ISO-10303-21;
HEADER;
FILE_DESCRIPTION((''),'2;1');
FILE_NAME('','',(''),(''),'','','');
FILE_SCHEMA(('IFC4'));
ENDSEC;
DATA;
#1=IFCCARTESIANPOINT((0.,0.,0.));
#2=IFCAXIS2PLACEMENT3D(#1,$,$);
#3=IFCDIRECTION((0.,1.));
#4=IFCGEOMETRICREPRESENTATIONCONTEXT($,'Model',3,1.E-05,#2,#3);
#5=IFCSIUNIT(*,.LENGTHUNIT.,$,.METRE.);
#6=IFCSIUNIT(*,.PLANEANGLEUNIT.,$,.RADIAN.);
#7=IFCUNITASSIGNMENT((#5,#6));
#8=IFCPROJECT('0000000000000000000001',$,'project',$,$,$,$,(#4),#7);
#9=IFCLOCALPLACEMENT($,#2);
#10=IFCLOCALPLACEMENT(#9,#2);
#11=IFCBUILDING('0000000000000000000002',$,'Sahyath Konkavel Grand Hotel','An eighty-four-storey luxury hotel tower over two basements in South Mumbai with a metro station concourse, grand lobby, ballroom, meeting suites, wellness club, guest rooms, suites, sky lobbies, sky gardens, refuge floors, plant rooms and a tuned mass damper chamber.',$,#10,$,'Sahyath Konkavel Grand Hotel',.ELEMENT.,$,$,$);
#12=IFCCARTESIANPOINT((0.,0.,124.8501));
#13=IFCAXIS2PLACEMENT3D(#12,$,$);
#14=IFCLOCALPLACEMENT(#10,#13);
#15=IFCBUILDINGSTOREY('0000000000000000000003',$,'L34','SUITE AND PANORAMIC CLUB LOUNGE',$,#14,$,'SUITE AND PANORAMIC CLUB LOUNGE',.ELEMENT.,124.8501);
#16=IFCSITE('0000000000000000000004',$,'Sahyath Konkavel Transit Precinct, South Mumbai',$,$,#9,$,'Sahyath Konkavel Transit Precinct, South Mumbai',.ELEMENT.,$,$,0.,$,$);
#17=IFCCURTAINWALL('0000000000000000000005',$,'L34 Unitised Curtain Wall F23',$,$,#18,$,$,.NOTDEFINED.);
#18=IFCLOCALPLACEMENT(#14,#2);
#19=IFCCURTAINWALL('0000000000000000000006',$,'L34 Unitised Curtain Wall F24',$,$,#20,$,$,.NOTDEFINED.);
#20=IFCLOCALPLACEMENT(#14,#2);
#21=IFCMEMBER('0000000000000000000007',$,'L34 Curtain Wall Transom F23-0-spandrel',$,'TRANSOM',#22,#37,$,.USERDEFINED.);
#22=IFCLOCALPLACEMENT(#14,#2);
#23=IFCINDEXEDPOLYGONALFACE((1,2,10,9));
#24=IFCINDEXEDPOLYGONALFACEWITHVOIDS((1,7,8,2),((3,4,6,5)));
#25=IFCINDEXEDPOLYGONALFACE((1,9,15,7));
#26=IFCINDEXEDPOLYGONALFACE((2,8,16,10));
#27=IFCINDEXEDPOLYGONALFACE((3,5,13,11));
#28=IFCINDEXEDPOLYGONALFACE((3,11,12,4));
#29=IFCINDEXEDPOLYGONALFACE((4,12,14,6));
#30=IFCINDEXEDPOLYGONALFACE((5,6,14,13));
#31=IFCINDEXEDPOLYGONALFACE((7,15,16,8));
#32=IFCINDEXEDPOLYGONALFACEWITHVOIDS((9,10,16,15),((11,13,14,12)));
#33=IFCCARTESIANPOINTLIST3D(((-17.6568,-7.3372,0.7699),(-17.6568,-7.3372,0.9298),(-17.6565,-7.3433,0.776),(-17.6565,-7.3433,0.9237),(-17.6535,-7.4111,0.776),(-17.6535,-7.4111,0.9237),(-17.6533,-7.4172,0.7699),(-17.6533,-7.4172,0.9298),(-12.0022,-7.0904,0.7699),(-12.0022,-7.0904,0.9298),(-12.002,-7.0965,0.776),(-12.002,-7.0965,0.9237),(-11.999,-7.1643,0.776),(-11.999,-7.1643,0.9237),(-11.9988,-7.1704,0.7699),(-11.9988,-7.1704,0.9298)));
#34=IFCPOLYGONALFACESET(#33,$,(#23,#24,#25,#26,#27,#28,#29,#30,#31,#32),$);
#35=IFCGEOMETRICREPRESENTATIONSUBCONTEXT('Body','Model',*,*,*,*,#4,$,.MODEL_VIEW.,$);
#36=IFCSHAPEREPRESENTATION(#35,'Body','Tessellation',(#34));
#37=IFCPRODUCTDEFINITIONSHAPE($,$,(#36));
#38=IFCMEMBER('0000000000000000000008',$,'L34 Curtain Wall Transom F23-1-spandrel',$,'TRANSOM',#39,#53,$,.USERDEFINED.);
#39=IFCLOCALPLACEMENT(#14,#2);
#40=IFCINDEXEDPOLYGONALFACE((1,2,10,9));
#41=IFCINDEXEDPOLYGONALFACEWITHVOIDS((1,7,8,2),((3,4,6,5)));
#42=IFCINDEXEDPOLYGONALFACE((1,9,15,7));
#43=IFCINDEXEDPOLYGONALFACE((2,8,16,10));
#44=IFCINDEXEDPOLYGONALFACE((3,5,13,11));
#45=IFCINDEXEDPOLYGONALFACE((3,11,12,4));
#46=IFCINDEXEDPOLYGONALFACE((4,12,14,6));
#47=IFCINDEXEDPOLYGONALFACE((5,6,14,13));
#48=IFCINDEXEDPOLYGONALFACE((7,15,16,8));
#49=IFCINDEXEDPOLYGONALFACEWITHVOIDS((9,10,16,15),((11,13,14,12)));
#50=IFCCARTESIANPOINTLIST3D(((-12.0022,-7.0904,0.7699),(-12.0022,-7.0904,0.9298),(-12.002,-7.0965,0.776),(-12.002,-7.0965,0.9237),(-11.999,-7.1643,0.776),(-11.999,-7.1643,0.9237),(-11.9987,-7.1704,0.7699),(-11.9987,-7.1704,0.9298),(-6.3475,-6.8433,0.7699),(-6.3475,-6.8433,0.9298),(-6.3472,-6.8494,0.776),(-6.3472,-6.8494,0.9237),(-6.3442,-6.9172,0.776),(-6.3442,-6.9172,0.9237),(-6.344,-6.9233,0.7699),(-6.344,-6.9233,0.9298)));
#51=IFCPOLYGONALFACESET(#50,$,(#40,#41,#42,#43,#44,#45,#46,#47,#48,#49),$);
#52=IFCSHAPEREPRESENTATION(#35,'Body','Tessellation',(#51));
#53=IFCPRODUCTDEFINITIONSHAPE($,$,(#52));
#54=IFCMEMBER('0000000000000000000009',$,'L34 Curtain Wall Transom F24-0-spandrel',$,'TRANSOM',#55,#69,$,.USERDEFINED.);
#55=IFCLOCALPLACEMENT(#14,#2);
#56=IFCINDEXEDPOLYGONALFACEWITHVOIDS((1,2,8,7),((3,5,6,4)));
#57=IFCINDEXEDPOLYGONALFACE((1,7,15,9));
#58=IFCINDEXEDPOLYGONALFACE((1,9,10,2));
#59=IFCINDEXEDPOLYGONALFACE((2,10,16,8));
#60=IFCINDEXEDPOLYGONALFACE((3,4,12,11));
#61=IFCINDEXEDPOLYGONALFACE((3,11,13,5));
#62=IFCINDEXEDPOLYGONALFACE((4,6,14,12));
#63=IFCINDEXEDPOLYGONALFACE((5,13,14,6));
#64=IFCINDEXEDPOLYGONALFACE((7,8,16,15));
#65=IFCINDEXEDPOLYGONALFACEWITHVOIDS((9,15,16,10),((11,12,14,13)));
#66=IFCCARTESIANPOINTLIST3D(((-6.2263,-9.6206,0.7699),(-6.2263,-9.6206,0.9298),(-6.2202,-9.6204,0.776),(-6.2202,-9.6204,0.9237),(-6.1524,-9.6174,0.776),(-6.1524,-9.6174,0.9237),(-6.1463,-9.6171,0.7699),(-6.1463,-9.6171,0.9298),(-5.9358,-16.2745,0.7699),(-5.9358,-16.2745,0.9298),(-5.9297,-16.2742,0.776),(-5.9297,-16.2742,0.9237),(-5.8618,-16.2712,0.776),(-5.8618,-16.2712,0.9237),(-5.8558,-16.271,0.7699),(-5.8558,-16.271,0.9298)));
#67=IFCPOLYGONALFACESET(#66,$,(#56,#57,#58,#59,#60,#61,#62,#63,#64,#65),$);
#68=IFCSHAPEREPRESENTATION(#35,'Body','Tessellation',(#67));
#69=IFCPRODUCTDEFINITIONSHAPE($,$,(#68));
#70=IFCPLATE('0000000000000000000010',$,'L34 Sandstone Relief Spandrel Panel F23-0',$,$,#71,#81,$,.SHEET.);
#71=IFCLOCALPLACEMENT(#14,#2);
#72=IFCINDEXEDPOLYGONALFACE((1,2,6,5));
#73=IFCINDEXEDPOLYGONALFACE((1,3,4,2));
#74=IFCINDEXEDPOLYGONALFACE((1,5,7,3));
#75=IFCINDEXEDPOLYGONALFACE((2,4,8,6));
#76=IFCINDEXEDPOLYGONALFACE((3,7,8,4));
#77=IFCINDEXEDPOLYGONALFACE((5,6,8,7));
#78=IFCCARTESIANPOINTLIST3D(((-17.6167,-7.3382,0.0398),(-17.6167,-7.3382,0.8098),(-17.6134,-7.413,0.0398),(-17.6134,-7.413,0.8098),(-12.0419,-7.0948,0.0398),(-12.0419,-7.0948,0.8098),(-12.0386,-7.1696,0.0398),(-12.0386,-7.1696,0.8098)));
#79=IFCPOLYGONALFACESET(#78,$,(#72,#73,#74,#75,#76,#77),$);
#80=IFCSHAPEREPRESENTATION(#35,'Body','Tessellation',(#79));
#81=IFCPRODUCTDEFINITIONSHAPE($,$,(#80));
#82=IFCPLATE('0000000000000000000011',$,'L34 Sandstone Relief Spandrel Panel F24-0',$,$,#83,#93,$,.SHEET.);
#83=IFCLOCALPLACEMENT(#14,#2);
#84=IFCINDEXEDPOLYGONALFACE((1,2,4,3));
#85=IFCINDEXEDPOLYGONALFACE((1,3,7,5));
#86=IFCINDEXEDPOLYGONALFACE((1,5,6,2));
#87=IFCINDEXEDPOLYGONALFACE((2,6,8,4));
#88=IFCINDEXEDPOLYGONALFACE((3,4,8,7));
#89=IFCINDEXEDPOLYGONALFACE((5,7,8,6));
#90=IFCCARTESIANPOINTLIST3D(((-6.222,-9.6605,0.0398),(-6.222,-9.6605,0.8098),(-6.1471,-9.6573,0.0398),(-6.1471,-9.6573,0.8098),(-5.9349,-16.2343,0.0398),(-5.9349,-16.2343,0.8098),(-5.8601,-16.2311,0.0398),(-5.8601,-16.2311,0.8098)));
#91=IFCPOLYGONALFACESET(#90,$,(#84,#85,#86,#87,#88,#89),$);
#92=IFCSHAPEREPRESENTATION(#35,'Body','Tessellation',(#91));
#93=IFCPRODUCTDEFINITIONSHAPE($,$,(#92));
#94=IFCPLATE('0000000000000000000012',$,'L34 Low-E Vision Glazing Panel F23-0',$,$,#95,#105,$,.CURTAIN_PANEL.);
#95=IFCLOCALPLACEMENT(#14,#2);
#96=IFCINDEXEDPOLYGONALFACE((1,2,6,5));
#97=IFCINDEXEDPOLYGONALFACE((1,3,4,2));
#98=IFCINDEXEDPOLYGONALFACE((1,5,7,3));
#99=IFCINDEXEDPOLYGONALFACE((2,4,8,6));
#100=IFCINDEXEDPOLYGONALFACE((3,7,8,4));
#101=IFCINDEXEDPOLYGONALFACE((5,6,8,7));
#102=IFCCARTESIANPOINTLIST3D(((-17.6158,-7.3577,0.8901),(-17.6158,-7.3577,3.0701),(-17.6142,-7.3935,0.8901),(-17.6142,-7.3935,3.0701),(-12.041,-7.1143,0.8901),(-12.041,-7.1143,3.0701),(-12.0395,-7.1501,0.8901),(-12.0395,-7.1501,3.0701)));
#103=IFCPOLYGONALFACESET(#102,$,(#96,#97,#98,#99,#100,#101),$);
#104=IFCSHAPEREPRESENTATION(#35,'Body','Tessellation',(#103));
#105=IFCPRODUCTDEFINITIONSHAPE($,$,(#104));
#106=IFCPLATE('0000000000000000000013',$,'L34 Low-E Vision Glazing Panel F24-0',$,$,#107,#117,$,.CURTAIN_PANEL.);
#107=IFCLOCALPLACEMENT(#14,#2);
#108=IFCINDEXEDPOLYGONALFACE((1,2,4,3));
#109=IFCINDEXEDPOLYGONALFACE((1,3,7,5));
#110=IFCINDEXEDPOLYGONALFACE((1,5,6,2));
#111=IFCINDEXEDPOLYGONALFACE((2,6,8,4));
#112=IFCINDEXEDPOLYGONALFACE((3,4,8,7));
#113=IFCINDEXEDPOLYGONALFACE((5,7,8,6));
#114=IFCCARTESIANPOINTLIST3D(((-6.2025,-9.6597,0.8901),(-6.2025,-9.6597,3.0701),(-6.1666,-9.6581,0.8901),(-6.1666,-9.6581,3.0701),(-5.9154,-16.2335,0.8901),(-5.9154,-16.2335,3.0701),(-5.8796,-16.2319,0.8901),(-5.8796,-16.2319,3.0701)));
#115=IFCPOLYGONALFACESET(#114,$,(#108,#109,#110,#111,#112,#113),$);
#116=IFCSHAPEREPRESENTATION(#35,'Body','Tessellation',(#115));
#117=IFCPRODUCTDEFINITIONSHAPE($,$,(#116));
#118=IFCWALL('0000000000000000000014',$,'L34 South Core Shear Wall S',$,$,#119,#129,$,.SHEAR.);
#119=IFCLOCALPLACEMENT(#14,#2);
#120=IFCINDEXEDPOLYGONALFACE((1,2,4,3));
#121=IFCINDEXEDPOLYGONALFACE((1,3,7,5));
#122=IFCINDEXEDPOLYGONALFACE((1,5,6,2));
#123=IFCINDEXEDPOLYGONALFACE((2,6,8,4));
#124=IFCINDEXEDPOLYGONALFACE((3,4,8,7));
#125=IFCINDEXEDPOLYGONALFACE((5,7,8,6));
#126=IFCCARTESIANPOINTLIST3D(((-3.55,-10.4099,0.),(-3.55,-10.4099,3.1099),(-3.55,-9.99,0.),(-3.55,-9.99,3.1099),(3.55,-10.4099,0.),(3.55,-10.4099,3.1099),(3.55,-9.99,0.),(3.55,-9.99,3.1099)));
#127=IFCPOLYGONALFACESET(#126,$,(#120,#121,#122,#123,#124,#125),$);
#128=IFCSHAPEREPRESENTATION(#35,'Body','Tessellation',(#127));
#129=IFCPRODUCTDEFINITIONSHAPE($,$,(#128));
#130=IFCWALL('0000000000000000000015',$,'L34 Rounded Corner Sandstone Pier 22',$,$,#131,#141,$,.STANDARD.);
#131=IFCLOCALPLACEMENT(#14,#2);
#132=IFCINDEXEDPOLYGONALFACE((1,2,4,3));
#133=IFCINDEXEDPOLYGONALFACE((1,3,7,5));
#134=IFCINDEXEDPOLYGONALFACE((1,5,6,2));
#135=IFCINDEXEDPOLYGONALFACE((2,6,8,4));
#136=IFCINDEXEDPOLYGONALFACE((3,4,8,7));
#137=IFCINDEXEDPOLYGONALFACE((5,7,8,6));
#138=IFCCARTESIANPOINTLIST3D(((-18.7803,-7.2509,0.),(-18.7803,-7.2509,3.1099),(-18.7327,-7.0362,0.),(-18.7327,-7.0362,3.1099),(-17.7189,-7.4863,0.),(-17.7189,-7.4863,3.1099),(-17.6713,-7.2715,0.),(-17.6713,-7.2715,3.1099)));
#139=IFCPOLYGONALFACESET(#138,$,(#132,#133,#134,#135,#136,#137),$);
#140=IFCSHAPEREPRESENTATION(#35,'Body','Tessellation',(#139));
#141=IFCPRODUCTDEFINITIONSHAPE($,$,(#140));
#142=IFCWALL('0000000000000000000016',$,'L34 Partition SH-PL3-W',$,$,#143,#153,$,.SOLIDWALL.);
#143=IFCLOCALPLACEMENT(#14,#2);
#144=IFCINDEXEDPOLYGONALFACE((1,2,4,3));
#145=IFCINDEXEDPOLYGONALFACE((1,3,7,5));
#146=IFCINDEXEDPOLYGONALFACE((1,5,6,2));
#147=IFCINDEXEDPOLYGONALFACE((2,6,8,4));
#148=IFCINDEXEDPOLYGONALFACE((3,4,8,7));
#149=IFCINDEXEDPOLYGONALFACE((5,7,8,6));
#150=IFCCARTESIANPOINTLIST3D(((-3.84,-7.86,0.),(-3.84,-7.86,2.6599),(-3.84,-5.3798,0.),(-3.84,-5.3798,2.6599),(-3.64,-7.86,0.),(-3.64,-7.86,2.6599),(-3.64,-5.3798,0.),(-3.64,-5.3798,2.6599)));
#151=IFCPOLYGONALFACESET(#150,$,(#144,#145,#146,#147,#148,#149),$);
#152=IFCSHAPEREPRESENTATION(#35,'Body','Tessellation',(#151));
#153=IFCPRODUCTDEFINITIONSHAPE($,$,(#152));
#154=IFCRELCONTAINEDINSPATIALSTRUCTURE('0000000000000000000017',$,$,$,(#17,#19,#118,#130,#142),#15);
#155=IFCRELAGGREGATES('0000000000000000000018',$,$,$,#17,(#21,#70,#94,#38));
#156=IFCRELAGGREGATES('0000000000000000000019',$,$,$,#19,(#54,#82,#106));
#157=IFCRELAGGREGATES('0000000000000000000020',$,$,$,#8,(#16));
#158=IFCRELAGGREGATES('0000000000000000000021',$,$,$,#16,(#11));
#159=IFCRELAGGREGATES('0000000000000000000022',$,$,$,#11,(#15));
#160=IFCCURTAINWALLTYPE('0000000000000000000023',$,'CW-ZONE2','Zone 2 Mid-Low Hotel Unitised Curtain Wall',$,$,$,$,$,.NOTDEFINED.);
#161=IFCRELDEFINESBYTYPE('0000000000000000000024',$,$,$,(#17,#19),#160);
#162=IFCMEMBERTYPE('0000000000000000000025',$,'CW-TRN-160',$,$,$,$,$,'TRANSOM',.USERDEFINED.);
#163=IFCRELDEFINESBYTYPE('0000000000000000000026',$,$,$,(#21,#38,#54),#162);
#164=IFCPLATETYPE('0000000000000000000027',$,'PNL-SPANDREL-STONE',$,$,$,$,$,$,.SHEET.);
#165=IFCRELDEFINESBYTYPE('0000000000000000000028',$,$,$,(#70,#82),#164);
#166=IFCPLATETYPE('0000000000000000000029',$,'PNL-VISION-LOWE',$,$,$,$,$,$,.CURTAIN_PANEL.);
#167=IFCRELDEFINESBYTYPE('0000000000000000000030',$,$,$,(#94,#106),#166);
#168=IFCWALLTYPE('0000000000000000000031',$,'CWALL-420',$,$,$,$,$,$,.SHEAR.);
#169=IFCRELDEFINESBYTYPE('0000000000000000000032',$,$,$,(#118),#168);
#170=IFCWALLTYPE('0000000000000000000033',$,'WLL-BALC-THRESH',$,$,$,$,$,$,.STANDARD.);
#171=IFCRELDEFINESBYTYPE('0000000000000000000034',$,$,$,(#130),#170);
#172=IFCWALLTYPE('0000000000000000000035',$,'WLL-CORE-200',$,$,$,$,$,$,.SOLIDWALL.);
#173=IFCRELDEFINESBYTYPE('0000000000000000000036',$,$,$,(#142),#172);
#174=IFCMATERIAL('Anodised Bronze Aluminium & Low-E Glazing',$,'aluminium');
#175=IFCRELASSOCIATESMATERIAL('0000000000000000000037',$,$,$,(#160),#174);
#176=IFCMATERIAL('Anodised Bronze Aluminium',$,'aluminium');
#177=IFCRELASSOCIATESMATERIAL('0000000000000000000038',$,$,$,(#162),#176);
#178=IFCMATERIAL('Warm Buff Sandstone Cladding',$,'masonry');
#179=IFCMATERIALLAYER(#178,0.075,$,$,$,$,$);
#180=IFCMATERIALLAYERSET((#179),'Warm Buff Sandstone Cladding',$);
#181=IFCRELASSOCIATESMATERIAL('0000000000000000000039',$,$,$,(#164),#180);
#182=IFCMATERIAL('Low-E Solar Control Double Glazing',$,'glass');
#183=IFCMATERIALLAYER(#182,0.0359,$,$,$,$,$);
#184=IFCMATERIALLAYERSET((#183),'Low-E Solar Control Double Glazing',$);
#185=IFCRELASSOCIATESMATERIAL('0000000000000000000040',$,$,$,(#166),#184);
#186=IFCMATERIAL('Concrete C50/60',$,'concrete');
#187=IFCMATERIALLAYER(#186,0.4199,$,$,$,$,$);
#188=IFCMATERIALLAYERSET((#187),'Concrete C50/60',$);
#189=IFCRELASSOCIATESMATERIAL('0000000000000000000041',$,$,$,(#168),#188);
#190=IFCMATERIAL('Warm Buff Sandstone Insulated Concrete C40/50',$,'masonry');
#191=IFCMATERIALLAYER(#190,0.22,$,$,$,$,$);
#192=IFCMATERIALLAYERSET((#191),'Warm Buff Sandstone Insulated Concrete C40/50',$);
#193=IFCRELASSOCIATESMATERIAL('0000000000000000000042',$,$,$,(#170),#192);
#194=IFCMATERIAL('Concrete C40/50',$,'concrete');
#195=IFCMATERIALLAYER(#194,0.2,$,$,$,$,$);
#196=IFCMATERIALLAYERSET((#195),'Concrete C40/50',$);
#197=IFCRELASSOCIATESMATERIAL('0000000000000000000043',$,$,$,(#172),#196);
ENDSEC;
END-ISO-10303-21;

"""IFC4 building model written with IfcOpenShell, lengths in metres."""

from ifc_helpers import new_model, si_unit, direction, frame, frame_2d, origin, origin_2d, place, context, subcontext, project, spatial, rectangle, hollow_rectangle, extrude, source, transform, mapped, material, layer, layer_set, material_profile, profile_set, type_object, element, aggregate, save


model = new_model("IFC4")

# Units and contexts
model_context = context("Model", 3, precision=1e-05, world=origin(), true_north=direction((0.0, 1.0)))
body_context = subcontext(model_context, "Body", "Model", "MODEL_VIEW")
ifc_project = project(units=[si_unit("LENGTHUNIT", "METRE"), si_unit("PLANEANGLEUNIT", "RADIAN")], contexts=[model_context])

# Site, building, storey
site_placement = place(None, origin())
site = spatial("IfcSite", under=ifc_project, at=site_placement, Name="Sahyath Konkavel Transit Precinct, South Mumbai", LongName="Sahyath Konkavel Transit Precinct, South Mumbai", CompositionType="ELEMENT", RefElevation=0.0)
building_placement = place(site_placement, origin())
building = spatial("IfcBuilding", under=site, at=building_placement, Name="Sahyath Konkavel Grand Hotel", Description="An eighty-four-storey luxury hotel tower over two basements in South Mumbai with a metro station concourse, grand lobby, ballroom, meeting suites, wellness club, guest rooms, suites, sky lobbies, sky gardens, refuge floors, plant rooms and a tuned mass damper chamber.", LongName="Sahyath Konkavel Grand Hotel", CompositionType="ELEMENT")
storey_placement = place(building_placement, frame((0.0, 0.0, 124.8501)))
storey = spatial("IfcBuildingStorey", under=building, at=storey_placement, Name="L34", Description="SUITE AND PANORAMIC CLUB LOUNGE", LongName="SUITE AND PANORAMIC CLUB LOUNGE", CompositionType="ELEMENT", Elevation=124.8501)

# Curtain wall
ifc_material_1 = material(Name="Anodised Bronze Aluminium & Low-E Glazing", Category="aluminium")
curtain_wall_type = type_object("IfcCurtainWallType", Name="CW-ZONE2", Description="Zone 2 Mid-Low Hotel Unitised Curtain Wall", PredefinedType="NOTDEFINED", material=ifc_material_1)
curtain_wall_1_placement = place(storey_placement, origin())
curtain_wall_1 = element("IfcCurtainWall", 1, at=curtain_wall_1_placement, inside=storey, type_object=curtain_wall_type, Name="L34 Unitised Curtain Wall F23", PredefinedType="NOTDEFINED")
ifc_material_2 = material(Name="Anodised Bronze Aluminium", Category="aluminium")

# Curtain wall
curtain_wall_2_placement = place(storey_placement, origin())
curtain_wall_2 = element("IfcCurtainWall", 2, at=curtain_wall_2_placement, inside=storey, type_object=curtain_wall_type, Name="L34 Unitised Curtain Wall F24", PredefinedType="NOTDEFINED")

# Members
ifc_material_profile_1 = material_profile(ifc_material_2, hollow_rectangle(XDim=0.0801, YDim=0.1599, WallThickness=0.0061, at=origin_2d()), Name="RHS 160x80x6")
ifc_profile_set_1 = profile_set([ifc_material_profile_1], Name="Anodised Bronze Aluminium")
member_type_1 = type_object("IfcMemberType", Name="CW-TRN-160", ElementType="TRANSOM", PredefinedType="USERDEFINED", material=ifc_profile_set_1)
shared_shape_1 = source(origin(), body_context, "Body", "SweptSolid", [
    extrude(hollow_rectangle(XDim=0.0801, YDim=0.1599, WallThickness=0.0061, at=origin_2d()), origin(), (0.0, 0.0, 1.0), 5.6599),
])
member_1_placement = place(storey_placement, frame((-17.655, -7.3772, 0.8499), z_axis=(0.999049, 0.043609, 0.0), x_axis=(-0.043609, 0.999049, 0.0)))
member_1 = element("IfcMember", 3, at=member_1_placement, type_object=member_type_1, Name="L34 Curtain Wall Transom F23-0-spandrel", ObjectType="TRANSOM", PredefinedType="USERDEFINED", context=body_context, shape_type="MappedRepresentation", body=[
    mapped(shared_shape_1, transform((0.0, 0.0, 0.0), scale=1.0)),
])
shared_shape_2 = source(origin(), body_context, "Body", "SweptSolid", [
    extrude(hollow_rectangle(XDim=0.0801, YDim=0.1599, WallThickness=0.0061, at=origin_2d()), origin(), (0.0, 0.0, 1.0), 5.6602),
])
member_2_placement = place(storey_placement, frame((-12.0005, -7.1304, 0.8499), z_axis=(0.999047, 0.043651, 0.0), x_axis=(-0.043651, 0.999047, 0.0)))
member_2 = element("IfcMember", 4, at=member_2_placement, type_object=member_type_1, Name="L34 Curtain Wall Transom F23-1-spandrel", ObjectType="TRANSOM", PredefinedType="USERDEFINED", context=body_context, shape_type="MappedRepresentation", body=[
    mapped(shared_shape_2, transform((0.0, 0.0, 0.0), scale=1.0)),
])
shared_shape_3 = source(origin(), body_context, "Body", "SweptSolid", [
    extrude(hollow_rectangle(XDim=0.0801, YDim=0.1599, WallThickness=0.0061, at=origin_2d()), origin(), (0.0, 0.0, 1.0), 6.6602),
])
member_3_placement = place(storey_placement, frame((-6.1863, -9.6189, 0.8499), z_axis=(0.043622, -0.999048, 0.0), x_axis=(0.999048, 0.043622, 0.0)))
member_3 = element("IfcMember", 5, at=member_3_placement, type_object=member_type_1, Name="L34 Curtain Wall Transom F24-0-spandrel", ObjectType="TRANSOM", PredefinedType="USERDEFINED", context=body_context, shape_type="MappedRepresentation", body=[
    mapped(shared_shape_3, transform((0.0, 0.0, 0.0), scale=1.0)),
])

# Plates
ifc_material_3 = material(Name="Warm Buff Sandstone Cladding", Category="masonry")
ifc_layer_1 = layer(ifc_material_3, 0.075)
ifc_layer_set_1 = layer_set([ifc_layer_1], Name="Warm Buff Sandstone Cladding")
plate_type_1 = type_object("IfcPlateType", Name="PNL-SPANDREL-STONE", PredefinedType="SHEET", material=ifc_layer_set_1)
shared_shape_4 = source(origin(), body_context, "Body", "SweptSolid", [
    extrude(rectangle(XDim=5.5801, YDim=0.075, at=origin_2d()), origin(), (0.0, 0.0, 1.0), 0.77),
])
plate_1_placement = place(storey_placement, frame((-14.8276, -7.2539, 0.0398), z_axis=(0.0, 0.0, 1.0), x_axis=(0.999048, 0.043619, 0.0)))
plate_1 = element("IfcPlate", 6, at=plate_1_placement, type_object=plate_type_1, Name="L34 Sandstone Relief Spandrel Panel F23-0", PredefinedType="SHEET", context=body_context, shape_type="MappedRepresentation", body=[
    mapped(shared_shape_4, transform((0.0, 0.0, 0.0), scale=1.0)),
])
shared_shape_5 = source(origin(), body_context, "Body", "SweptSolid", [
    extrude(rectangle(XDim=6.5801, YDim=0.075, at=origin_2d()), origin(), (0.0, 0.0, 1.0), 0.77),
])
plate_2_placement = place(storey_placement, frame((-6.041, -12.9458, 0.0398), z_axis=(0.0, 0.0, 1.0), x_axis=(0.043619, -0.999048, 0.0)))
plate_2 = element("IfcPlate", 7, at=plate_2_placement, type_object=plate_type_1, Name="L34 Sandstone Relief Spandrel Panel F24-0", PredefinedType="SHEET", context=body_context, shape_type="MappedRepresentation", body=[
    mapped(shared_shape_5, transform((0.0, 0.0, 0.0), scale=1.0)),
])
ifc_material_4 = material(Name="Low-E Solar Control Double Glazing", Category="glass")
ifc_layer_2 = layer(ifc_material_4, 0.0359)
ifc_layer_set_2 = layer_set([ifc_layer_2], Name="Low-E Solar Control Double Glazing")
plate_type_2 = type_object("IfcPlateType", Name="PNL-VISION-LOWE", PredefinedType="CURTAIN_PANEL", material=ifc_layer_set_2)
shared_shape_6 = source(origin(), body_context, "Body", "SweptSolid", [
    extrude(rectangle(XDim=5.5801, YDim=0.0359, at=origin_2d()), origin(), (0.0, 0.0, 1.0), 2.1799),
])
plate_3_placement = place(storey_placement, frame((-14.8276, -7.2539, 0.8901), z_axis=(0.0, 0.0, 1.0), x_axis=(0.999048, 0.043619, 0.0)))
plate_3 = element("IfcPlate", 8, at=plate_3_placement, type_object=plate_type_2, Name="L34 Low-E Vision Glazing Panel F23-0", PredefinedType="CURTAIN_PANEL", context=body_context, shape_type="MappedRepresentation", body=[
    mapped(shared_shape_6, transform((0.0, 0.0, 0.0), scale=1.0)),
])
aggregate(curtain_wall_1, [member_1, plate_1, plate_3, member_2])
shared_shape_7 = source(origin(), body_context, "Body", "SweptSolid", [
    extrude(rectangle(XDim=6.5801, YDim=0.0359, at=origin_2d()), origin(), (0.0, 0.0, 1.0), 2.1799),
])
plate_4_placement = place(storey_placement, frame((-6.041, -12.9458, 0.8901), z_axis=(0.0, 0.0, 1.0), x_axis=(0.043619, -0.999048, 0.0)))
plate_4 = element("IfcPlate", 9, at=plate_4_placement, type_object=plate_type_2, Name="L34 Low-E Vision Glazing Panel F24-0", PredefinedType="CURTAIN_PANEL", context=body_context, shape_type="MappedRepresentation", body=[
    mapped(shared_shape_7, transform((0.0, 0.0, 0.0), scale=1.0)),
])
aggregate(curtain_wall_2, [member_3, plate_2, plate_4])

# Walls
ifc_material_5 = material(Name="Concrete C50/60", Category="concrete")
ifc_layer_3 = layer(ifc_material_5, 0.4199)
ifc_layer_set_3 = layer_set([ifc_layer_3], Name="Concrete C50/60")
wall_type_1 = type_object("IfcWallType", Name="CWALL-420", PredefinedType="SHEAR", material=ifc_layer_set_3)
wall_1_placement = place(storey_placement, frame((-3.55, -10.2, 0.0), z_axis=(0.0, 0.0, 1.0), x_axis=(1.0, 0.0, 0.0)))
element("IfcWall", 10, at=wall_1_placement, inside=storey, type_object=wall_type_1, Name="L34 South Core Shear Wall S", PredefinedType="SHEAR", context=body_context, shape_type="SweptSolid", body=[
    extrude(rectangle(XDim=7.1001, YDim=0.4199, at=frame_2d((3.55, 0.0))), origin(), (0.0, 0.0, 1.0), 3.1099),
])
ifc_material_6 = material(Name="Warm Buff Sandstone Insulated Concrete C40/50", Category="masonry")
ifc_layer_4 = layer(ifc_material_6, 0.22)
ifc_layer_set_4 = layer_set([ifc_layer_4], Name="Warm Buff Sandstone Insulated Concrete C40/50")
wall_type_2 = type_object("IfcWallType", Name="WLL-BALC-THRESH", PredefinedType="STANDARD", material=ifc_layer_set_4)
wall_2_placement = place(storey_placement, frame((-18.7563, -7.1436, 0.0), z_axis=(0.0, 0.0, 1.0), x_axis=(0.976282, -0.216502, 0.0)))
element("IfcWall", 11, at=wall_2_placement, inside=storey, type_object=wall_type_2, Name="L34 Rounded Corner Sandstone Pier 22", PredefinedType="STANDARD", context=body_context, shape_type="SweptSolid", body=[
    extrude(rectangle(XDim=1.0872, YDim=0.22, at=frame_2d((0.5435, 0.0))), origin(), (0.0, 0.0, 1.0), 3.1099),
])
ifc_material_7 = material(Name="Concrete C40/50", Category="concrete")
ifc_layer_5 = layer(ifc_material_7, 0.2)
ifc_layer_set_5 = layer_set([ifc_layer_5], Name="Concrete C40/50")
wall_type_3 = type_object("IfcWallType", Name="WLL-CORE-200", PredefinedType="SOLIDWALL", material=ifc_layer_set_5)
wall_3_placement = place(storey_placement, frame((-3.74, -7.8601, 0.0), z_axis=(0.0, 0.0, 1.0), x_axis=(0.0, 1.0, 0.0)))
element("IfcWall", 12, at=wall_3_placement, inside=storey, type_object=wall_type_3, Name="L34 Partition SH-PL3-W", PredefinedType="SOLIDWALL", context=body_context, shape_type="SweptSolid", body=[
    extrude(rectangle(XDim=2.4802, YDim=0.2, at=frame_2d((1.2402, 0.0))), origin(), (0.0, 0.0, 1.0), 2.6599),
])

save(model, "model.ifc")
